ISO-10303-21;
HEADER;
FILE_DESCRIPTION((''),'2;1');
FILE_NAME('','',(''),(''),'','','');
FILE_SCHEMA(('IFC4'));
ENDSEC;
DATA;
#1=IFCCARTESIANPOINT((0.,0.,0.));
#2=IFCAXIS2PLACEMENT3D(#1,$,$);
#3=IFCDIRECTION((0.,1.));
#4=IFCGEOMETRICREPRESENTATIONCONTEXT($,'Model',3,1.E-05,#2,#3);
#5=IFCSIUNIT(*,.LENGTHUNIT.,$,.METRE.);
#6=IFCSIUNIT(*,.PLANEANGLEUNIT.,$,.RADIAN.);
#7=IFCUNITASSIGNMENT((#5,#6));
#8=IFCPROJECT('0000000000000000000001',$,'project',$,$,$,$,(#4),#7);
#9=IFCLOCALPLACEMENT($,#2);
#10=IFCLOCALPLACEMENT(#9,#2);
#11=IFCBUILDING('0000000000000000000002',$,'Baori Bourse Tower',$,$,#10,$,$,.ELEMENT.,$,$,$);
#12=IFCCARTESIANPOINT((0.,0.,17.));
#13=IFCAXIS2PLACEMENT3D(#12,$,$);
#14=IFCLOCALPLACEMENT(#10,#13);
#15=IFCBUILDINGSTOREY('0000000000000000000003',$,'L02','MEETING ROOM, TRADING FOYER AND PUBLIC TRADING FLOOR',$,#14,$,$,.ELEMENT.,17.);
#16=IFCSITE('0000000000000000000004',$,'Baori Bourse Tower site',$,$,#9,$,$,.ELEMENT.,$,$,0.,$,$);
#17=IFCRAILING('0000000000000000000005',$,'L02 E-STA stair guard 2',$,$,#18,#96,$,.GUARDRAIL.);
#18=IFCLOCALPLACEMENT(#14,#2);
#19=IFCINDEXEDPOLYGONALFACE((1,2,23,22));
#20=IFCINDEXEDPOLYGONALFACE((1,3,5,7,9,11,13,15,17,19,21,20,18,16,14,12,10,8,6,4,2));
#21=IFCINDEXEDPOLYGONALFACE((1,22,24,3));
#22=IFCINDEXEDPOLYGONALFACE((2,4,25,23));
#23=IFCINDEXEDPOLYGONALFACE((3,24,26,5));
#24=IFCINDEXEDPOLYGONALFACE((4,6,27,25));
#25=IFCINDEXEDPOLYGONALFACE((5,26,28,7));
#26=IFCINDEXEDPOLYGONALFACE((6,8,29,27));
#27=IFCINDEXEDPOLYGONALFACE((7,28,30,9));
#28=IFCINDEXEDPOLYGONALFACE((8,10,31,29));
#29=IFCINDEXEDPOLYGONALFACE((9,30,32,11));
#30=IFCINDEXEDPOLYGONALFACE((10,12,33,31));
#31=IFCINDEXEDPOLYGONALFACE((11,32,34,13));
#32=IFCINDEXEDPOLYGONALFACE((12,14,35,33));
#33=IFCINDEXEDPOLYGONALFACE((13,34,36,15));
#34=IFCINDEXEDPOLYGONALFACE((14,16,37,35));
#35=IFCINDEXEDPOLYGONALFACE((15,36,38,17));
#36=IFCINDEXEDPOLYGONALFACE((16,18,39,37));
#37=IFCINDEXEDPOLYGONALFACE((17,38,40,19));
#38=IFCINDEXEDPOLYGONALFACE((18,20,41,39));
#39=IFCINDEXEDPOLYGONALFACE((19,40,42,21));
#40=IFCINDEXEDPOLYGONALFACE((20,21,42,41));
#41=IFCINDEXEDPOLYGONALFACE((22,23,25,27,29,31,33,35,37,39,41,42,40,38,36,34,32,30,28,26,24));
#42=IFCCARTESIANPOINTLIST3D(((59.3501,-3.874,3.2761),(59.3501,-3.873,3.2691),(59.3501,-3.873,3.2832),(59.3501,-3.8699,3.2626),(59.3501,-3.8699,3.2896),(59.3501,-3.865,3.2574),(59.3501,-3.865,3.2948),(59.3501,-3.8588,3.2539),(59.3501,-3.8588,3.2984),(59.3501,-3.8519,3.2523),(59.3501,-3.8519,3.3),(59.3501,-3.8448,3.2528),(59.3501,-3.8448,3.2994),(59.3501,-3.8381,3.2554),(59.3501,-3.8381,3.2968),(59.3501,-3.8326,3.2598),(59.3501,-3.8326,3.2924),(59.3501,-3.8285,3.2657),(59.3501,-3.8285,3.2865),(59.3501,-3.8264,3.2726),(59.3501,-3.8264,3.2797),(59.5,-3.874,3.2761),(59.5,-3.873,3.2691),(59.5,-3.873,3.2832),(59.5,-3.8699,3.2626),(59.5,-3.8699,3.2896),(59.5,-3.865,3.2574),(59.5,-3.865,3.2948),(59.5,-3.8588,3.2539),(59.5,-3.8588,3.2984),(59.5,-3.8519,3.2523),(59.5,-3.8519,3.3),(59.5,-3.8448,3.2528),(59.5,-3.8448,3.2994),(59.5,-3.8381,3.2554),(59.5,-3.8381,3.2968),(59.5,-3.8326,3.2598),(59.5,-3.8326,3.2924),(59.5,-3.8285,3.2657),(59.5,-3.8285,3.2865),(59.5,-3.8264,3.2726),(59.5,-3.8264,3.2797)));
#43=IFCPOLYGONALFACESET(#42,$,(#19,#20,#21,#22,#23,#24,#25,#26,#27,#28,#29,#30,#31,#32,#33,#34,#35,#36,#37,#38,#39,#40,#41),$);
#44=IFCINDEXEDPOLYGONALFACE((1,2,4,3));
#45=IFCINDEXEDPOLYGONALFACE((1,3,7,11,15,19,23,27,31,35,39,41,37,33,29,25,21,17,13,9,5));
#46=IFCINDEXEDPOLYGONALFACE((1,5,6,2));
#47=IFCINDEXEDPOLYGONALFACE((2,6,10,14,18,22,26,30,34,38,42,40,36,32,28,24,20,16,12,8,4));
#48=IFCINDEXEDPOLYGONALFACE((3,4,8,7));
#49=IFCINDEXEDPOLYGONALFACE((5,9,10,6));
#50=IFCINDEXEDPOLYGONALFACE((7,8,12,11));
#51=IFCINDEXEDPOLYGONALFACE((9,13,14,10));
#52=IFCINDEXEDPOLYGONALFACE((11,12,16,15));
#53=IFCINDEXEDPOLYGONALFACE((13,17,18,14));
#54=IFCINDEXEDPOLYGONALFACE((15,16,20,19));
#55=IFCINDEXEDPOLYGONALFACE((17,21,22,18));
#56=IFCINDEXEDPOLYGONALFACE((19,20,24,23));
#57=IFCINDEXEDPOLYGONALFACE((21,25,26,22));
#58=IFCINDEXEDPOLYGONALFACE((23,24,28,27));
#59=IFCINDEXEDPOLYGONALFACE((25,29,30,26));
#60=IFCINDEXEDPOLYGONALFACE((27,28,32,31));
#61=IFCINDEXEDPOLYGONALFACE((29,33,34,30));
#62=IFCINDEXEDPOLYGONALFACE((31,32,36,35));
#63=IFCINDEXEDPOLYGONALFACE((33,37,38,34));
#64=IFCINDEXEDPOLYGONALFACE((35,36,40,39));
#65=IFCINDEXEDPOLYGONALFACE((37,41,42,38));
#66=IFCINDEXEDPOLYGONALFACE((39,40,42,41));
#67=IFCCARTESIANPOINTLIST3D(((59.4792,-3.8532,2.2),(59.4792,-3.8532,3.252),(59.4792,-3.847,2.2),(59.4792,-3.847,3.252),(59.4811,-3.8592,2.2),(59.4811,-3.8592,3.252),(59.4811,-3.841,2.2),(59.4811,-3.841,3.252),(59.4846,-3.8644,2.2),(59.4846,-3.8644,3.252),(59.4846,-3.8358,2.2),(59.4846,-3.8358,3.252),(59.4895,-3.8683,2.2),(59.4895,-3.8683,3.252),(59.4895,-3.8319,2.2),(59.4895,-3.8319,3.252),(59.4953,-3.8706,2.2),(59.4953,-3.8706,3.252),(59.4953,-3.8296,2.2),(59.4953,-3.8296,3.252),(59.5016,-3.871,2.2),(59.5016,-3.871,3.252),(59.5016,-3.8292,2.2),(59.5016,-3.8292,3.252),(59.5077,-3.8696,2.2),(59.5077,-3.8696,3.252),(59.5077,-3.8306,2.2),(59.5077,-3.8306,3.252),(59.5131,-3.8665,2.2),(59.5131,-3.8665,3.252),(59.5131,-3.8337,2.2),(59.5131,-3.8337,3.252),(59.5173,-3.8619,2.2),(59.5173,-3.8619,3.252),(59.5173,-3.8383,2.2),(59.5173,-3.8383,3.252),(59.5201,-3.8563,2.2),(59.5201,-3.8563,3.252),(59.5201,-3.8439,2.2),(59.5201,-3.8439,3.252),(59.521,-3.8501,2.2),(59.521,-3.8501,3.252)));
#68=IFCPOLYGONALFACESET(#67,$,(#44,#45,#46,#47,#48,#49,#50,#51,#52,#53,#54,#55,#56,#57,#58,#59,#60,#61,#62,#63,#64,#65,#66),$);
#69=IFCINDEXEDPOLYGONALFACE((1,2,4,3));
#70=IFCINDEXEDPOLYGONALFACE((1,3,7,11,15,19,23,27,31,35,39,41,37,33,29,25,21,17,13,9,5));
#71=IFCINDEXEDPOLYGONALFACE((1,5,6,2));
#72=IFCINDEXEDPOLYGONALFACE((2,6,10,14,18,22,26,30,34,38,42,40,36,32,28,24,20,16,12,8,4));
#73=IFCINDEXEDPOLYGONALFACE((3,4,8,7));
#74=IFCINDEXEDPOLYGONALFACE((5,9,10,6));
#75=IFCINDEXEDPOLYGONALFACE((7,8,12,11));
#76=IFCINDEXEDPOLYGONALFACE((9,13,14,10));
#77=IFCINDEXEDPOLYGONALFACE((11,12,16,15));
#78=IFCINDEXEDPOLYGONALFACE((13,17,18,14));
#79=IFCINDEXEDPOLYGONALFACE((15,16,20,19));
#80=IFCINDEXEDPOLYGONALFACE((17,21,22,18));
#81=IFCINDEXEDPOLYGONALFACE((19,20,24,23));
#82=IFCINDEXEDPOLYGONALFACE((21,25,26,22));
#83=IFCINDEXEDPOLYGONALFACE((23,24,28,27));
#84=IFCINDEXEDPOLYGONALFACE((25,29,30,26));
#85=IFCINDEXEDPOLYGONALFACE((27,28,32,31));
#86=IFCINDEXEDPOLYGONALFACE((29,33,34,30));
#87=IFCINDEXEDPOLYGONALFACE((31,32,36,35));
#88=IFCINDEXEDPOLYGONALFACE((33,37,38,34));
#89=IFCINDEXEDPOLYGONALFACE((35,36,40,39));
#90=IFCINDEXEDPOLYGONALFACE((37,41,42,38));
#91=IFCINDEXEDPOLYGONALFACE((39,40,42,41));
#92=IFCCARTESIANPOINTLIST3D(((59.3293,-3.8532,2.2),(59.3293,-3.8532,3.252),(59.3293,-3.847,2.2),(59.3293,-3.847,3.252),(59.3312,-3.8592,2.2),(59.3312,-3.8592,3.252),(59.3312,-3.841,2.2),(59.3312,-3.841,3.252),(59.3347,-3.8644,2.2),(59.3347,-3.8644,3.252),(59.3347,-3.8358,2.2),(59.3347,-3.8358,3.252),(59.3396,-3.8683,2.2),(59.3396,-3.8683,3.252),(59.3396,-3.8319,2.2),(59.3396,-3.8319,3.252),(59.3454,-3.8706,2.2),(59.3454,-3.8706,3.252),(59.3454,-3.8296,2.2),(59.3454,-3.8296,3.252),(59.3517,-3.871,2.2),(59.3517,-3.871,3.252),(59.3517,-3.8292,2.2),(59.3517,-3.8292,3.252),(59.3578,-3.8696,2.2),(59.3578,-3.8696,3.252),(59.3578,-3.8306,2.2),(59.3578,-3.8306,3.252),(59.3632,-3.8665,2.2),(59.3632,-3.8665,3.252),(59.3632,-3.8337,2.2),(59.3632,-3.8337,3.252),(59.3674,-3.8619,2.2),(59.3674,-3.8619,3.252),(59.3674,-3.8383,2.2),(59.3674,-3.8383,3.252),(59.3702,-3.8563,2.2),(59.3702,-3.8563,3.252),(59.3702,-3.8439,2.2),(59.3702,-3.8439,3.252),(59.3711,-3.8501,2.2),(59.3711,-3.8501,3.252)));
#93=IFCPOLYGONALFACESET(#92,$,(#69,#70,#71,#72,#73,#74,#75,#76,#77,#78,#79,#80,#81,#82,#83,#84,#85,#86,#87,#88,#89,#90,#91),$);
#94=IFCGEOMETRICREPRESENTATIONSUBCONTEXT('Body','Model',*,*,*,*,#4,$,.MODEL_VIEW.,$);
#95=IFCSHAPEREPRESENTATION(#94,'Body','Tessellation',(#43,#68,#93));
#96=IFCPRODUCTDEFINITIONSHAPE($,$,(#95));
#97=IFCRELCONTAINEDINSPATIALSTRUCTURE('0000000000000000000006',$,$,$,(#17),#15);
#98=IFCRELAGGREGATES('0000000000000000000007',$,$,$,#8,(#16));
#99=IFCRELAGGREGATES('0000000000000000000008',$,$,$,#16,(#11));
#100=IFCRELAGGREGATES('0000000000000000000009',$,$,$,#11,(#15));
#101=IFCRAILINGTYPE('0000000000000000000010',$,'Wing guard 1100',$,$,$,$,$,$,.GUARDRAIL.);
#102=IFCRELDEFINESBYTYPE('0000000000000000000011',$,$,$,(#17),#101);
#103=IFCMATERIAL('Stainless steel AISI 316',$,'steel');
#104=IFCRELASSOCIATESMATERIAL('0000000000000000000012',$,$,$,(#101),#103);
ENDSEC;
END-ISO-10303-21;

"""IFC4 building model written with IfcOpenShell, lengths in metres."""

from ifc_helpers import new_model, si_unit, direction, frame, origin, origin_2d, place, context, subcontext, project, spatial, circle, extrude, material, type_object, element, save


model = new_model("IFC4")

# Units and contexts
model_context = context("Model", 3, precision=1e-05, world=origin(), true_north=direction((0.0, 1.0)))
body_context = subcontext(model_context, "Body", "Model", "MODEL_VIEW")
ifc_project = project(units=[si_unit("LENGTHUNIT", "METRE"), si_unit("PLANEANGLEUNIT", "RADIAN")], contexts=[model_context])

# Site, building, storey
site_placement = place(None, origin())
site = spatial("IfcSite", under=ifc_project, at=site_placement, Name="Baori Bourse Tower site", CompositionType="ELEMENT", RefElevation=0.0)
building_placement = place(site_placement, origin())
building = spatial("IfcBuilding", under=site, at=building_placement, Name="Baori Bourse Tower", CompositionType="ELEMENT")
storey_placement = place(building_placement, frame((0.0, 0.0, 17.0)))
storey = spatial("IfcBuildingStorey", under=building, at=storey_placement, Name="L02", Description="MEETING ROOM, TRADING FOYER AND PUBLIC TRADING FLOOR", CompositionType="ELEMENT", Elevation=17.0)

# Railing
ifc_material_1 = material(Name="Stainless steel AISI 316", Category="steel")
railing_type_1 = type_object("IfcRailingType", Name="Wing guard 1100", PredefinedType="GUARDRAIL", material=ifc_material_1)
railing_1_placement = place(storey_placement, frame((59.5, -3.8501, 2.2)))
element("IfcRailing", 1, at=railing_1_placement, inside=storey, type_object=railing_type_1, Name="L02 E-STA stair guard 2", PredefinedType="GUARDRAIL", context=body_context, shape_type="SweptSolid", body=[
    extrude(circle(Radius=0.0239, at=origin_2d()), frame((0.0, 0.0, 1.0762), z_axis=(-1.0, 0.0, 0.0), x_axis=(0.0, -1.0, 0.0)), (0.0, 0.0, 1.0), 0.1499),
    extrude(circle(Radius=0.021, at=origin_2d()), origin(), (0.0, 0.0, 1.0), 1.052),
    extrude(circle(Radius=0.021, at=origin_2d()), frame((-0.1499, 0.0, 0.0)), (0.0, 0.0, 1.0), 1.052),
])

save(model, "model.ifc")
